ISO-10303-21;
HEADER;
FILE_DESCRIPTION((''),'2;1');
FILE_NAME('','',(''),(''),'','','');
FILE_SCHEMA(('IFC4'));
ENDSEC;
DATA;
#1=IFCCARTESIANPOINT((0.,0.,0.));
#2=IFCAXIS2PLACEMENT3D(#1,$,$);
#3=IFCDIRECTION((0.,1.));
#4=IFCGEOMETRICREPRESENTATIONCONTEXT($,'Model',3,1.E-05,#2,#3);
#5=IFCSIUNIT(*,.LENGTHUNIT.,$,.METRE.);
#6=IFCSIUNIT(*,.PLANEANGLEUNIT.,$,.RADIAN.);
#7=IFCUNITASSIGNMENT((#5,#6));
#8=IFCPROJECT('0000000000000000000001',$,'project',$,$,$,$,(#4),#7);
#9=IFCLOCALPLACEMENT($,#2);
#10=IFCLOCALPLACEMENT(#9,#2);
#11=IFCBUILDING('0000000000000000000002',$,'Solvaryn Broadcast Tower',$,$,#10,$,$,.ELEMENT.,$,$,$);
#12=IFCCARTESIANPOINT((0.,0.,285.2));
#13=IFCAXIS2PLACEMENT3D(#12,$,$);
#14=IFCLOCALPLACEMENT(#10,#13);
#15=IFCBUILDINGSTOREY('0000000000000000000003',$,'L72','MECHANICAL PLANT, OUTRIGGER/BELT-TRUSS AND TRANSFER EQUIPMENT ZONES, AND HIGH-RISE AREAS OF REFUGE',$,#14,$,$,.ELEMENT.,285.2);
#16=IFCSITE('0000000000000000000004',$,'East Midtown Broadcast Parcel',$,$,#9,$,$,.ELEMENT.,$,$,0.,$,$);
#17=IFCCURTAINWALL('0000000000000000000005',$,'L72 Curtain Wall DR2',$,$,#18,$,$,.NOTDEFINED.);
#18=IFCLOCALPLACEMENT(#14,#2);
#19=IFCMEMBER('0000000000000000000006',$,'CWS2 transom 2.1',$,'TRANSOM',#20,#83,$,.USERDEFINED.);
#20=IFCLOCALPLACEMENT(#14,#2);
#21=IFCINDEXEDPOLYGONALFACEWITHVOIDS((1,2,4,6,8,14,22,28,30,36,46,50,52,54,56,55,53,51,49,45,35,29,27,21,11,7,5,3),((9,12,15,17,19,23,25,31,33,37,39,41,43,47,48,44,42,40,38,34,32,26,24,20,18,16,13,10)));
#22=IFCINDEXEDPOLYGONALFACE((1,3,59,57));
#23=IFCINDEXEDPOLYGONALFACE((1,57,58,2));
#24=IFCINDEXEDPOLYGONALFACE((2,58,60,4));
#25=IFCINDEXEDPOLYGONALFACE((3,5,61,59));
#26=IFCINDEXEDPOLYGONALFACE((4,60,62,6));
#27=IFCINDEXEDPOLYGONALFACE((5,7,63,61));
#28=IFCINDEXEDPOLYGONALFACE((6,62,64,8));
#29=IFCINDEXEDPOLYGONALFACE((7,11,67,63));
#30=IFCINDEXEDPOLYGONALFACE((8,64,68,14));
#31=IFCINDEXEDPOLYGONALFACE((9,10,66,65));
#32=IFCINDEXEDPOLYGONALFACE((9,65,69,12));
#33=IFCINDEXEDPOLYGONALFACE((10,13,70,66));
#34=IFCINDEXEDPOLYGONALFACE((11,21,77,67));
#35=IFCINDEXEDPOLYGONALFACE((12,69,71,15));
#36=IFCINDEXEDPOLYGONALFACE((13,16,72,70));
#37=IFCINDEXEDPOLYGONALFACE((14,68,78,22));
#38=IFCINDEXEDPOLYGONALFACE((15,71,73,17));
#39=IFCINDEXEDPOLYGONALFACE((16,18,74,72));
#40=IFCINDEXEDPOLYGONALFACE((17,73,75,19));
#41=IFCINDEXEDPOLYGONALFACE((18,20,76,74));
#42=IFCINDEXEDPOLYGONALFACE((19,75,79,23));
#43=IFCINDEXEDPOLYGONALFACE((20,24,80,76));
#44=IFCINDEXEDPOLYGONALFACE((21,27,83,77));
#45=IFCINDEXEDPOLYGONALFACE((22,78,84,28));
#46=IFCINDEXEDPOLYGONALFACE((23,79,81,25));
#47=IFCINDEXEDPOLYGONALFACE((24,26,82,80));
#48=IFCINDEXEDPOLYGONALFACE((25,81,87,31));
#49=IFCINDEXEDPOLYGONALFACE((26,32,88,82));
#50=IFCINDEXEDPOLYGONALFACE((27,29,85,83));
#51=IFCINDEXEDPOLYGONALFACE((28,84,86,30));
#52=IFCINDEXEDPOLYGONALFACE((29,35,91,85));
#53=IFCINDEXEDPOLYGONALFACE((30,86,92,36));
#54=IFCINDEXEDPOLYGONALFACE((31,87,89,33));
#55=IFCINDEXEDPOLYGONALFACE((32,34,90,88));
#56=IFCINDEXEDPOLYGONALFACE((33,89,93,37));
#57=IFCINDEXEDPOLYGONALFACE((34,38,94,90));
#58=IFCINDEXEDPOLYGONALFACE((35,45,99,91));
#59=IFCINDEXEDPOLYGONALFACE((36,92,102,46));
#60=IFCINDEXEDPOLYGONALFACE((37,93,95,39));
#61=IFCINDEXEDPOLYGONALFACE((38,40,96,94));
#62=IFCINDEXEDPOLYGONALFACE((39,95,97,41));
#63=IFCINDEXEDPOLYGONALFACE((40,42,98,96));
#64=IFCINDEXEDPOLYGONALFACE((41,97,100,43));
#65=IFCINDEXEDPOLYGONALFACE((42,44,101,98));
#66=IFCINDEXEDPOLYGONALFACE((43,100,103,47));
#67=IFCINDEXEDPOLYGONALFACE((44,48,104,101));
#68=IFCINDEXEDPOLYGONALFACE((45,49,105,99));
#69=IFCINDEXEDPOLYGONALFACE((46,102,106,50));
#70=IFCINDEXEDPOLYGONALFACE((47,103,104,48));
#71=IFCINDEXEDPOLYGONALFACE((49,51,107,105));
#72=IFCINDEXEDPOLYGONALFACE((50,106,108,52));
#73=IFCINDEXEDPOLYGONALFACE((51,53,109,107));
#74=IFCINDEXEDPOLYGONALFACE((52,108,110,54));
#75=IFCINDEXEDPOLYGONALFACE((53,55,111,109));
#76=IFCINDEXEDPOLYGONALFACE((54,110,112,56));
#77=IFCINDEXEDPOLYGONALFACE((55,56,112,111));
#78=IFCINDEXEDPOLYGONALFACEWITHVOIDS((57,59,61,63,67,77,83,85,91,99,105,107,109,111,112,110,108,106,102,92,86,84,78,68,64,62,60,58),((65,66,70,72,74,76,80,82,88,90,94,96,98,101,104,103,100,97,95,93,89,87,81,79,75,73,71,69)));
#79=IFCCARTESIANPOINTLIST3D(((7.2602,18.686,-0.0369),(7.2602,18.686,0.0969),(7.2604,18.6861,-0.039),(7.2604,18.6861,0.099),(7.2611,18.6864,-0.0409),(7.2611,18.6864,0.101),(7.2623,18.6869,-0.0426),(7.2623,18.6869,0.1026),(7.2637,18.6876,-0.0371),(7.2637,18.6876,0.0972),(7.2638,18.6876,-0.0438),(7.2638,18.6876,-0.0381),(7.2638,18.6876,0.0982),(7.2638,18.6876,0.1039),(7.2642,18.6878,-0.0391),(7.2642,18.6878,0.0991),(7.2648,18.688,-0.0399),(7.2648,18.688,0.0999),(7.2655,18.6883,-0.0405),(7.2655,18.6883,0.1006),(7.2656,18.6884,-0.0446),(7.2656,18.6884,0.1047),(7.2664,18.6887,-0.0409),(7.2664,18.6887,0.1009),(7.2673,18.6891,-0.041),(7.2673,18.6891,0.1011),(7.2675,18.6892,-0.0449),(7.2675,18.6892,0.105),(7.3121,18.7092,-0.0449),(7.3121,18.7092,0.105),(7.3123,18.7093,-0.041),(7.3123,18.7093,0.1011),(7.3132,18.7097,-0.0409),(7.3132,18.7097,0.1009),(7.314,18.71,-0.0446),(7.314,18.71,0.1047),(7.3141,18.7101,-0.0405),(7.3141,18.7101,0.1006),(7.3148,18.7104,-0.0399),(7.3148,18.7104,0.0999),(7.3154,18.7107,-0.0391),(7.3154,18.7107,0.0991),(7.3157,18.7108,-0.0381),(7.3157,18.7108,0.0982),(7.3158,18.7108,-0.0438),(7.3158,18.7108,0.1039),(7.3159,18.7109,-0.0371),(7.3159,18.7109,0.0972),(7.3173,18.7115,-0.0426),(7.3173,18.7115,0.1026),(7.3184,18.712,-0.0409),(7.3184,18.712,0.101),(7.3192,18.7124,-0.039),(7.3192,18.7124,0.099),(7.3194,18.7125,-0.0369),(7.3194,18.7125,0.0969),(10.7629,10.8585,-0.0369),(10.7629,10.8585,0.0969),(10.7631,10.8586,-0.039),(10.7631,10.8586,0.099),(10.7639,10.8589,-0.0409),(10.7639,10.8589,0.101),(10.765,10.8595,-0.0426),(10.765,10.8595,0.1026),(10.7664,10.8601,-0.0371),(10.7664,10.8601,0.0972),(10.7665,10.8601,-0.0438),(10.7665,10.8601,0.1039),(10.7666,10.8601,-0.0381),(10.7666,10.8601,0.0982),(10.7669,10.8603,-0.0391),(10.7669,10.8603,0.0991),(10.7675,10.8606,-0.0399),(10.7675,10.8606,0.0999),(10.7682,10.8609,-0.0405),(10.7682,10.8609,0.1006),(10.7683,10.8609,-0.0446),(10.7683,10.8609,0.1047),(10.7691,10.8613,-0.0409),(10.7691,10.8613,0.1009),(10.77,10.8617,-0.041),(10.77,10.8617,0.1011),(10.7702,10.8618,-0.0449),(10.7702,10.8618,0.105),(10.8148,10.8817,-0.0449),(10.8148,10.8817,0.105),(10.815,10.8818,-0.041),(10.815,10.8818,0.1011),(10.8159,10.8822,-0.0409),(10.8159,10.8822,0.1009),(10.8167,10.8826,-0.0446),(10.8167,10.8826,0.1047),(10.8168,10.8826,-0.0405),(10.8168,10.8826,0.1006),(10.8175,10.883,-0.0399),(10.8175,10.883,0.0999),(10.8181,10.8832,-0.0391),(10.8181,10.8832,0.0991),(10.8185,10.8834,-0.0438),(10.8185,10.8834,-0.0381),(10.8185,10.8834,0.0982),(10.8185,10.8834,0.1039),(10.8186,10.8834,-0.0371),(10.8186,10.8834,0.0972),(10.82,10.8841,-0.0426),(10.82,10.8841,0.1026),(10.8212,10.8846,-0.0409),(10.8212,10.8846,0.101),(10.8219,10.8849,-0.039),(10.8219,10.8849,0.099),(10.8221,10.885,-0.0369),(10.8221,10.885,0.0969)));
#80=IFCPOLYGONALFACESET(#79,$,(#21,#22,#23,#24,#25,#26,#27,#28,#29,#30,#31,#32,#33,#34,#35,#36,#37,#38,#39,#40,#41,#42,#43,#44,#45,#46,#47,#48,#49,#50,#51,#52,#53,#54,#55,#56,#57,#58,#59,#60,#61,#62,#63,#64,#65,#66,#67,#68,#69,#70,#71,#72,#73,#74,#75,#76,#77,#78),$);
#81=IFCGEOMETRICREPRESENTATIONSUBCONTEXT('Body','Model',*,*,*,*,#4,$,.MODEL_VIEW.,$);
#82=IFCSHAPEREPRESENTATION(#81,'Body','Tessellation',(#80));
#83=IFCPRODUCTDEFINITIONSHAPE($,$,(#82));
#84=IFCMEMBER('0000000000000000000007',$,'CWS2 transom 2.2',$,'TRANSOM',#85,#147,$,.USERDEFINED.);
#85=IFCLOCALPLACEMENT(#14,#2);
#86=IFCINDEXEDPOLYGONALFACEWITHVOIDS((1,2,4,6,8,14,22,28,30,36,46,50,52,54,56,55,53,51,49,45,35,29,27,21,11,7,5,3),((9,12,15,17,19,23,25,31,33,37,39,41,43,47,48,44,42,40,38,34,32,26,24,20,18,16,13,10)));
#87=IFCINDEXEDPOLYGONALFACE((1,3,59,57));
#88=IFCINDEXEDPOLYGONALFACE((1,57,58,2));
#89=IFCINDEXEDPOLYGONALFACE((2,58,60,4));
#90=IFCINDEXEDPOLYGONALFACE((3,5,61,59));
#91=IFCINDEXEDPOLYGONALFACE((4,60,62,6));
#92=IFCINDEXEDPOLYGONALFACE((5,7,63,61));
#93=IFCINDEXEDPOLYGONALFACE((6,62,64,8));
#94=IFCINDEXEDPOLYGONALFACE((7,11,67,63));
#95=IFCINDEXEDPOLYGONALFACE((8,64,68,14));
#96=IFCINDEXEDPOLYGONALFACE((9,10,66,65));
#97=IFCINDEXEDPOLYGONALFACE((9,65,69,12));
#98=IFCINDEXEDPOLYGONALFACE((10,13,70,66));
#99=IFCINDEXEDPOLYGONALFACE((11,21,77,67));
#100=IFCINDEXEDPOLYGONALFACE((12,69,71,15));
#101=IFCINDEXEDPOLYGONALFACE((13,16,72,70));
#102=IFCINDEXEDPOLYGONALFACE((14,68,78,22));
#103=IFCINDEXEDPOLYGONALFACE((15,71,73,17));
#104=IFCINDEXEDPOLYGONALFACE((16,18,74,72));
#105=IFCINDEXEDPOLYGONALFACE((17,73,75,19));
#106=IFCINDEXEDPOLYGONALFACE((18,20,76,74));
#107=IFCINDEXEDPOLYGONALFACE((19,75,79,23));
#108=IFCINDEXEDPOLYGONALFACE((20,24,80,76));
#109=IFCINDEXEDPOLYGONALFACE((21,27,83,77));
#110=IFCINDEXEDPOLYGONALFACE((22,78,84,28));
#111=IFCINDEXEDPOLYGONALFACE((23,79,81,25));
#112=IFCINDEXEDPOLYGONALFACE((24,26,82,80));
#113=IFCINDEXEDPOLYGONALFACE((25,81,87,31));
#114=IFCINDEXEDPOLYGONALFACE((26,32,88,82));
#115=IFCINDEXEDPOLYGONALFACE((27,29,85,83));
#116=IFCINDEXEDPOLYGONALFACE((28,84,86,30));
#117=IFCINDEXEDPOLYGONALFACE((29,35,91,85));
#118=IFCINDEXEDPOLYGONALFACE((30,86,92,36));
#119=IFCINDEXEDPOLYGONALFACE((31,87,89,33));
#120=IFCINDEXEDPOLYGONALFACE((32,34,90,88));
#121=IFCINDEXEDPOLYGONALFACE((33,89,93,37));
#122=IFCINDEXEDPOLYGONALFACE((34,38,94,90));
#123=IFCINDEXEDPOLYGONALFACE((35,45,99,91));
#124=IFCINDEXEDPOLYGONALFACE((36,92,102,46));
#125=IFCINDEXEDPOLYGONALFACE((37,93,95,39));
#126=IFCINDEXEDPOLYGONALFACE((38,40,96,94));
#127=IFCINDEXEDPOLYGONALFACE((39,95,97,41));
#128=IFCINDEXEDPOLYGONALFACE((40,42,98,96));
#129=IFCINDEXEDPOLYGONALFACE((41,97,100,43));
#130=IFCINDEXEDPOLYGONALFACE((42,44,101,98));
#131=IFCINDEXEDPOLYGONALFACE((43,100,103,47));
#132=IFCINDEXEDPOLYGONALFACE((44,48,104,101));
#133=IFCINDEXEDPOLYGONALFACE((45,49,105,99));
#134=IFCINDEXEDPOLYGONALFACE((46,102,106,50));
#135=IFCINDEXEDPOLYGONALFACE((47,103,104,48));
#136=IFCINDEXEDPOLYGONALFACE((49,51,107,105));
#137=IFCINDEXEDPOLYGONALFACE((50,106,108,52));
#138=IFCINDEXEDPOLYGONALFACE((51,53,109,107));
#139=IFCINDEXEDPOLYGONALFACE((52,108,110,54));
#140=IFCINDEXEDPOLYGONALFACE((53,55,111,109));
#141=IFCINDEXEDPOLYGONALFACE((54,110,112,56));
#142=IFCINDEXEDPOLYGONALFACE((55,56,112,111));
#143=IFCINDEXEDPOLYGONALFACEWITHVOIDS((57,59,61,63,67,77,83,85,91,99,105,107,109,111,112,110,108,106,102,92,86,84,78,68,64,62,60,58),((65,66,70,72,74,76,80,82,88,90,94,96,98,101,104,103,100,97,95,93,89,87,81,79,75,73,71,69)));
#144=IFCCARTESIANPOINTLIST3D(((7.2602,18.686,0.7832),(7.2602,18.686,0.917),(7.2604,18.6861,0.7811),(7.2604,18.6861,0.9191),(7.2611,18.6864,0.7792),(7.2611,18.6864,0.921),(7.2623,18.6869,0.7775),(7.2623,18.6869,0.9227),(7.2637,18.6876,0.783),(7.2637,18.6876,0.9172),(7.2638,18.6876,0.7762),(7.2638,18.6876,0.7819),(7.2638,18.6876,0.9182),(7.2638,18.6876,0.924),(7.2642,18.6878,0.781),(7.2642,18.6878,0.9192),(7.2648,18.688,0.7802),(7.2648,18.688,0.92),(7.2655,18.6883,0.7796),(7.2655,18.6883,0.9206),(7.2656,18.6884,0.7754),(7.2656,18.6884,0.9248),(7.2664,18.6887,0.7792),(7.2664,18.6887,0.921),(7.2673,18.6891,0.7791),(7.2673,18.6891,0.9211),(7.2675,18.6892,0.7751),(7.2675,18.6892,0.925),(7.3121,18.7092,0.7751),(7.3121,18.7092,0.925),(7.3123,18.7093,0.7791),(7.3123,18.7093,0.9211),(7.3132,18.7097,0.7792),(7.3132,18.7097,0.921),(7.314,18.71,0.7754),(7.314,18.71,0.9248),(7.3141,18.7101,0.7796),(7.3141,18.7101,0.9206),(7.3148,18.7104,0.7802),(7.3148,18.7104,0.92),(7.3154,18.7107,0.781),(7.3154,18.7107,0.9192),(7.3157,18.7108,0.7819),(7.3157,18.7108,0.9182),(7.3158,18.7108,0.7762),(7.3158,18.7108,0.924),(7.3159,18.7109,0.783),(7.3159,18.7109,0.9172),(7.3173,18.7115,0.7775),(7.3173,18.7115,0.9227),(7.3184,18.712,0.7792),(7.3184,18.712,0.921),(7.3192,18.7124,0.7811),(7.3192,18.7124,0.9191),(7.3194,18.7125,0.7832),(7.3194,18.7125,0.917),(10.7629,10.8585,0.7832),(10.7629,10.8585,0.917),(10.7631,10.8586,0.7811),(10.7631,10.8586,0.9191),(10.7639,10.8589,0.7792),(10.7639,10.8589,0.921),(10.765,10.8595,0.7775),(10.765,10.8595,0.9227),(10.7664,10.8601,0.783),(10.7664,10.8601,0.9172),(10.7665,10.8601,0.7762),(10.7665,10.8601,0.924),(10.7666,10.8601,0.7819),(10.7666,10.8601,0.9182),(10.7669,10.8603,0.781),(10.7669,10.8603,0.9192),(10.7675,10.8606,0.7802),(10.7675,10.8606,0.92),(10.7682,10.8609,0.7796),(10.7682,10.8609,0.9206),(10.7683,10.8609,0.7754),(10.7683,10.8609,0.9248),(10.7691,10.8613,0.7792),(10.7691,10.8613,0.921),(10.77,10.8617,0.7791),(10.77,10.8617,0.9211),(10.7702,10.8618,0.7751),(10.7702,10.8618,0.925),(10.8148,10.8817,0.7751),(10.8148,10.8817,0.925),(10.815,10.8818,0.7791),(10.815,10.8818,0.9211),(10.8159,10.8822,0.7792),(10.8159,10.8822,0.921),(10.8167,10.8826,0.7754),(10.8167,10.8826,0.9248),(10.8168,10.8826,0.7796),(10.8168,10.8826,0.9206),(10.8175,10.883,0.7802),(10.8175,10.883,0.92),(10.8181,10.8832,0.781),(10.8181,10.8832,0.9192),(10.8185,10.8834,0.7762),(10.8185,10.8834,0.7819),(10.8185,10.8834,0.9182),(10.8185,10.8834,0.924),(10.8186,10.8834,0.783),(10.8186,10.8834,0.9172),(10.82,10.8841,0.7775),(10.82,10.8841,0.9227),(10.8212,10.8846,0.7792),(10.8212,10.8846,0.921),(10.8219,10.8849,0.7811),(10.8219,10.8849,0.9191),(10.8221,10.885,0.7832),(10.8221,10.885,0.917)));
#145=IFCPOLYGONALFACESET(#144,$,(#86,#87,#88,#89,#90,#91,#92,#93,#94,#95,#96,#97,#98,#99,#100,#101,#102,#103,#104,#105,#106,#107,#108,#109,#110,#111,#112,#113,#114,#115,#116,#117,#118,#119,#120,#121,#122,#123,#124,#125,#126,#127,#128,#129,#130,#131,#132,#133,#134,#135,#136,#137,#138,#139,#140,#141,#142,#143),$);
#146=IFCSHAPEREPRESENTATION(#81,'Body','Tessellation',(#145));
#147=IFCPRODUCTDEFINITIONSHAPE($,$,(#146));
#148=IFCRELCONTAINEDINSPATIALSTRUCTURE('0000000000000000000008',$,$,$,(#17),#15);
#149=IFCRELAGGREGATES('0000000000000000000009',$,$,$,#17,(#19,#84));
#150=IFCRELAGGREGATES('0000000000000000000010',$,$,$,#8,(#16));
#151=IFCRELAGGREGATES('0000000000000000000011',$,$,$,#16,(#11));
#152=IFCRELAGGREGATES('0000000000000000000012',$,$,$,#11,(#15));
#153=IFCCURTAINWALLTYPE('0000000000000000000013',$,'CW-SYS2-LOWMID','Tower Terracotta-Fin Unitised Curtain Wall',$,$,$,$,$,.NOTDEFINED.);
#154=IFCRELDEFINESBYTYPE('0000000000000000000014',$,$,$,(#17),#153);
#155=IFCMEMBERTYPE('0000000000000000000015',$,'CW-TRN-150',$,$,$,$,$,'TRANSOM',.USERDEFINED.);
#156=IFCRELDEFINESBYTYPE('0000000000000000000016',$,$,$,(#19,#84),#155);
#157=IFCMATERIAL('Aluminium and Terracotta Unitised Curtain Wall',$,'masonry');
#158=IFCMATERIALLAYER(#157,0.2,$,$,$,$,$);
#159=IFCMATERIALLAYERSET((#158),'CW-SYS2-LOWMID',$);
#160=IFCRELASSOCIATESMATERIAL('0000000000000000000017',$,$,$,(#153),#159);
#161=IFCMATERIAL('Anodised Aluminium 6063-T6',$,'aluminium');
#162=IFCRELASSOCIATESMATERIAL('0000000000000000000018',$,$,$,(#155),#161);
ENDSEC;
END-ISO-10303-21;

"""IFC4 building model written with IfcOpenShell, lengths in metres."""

from ifc_helpers import new_model, si_unit, direction, frame, origin, origin_2d, place, context, subcontext, project, spatial, hollow_rectangle, extrude, material, layer, layer_set, material_profile, profile_set, type_object, element, aggregate, save


model = new_model("IFC4")

# Units and contexts
model_context = context("Model", 3, precision=1e-05, world=origin(), true_north=direction((0.0, 1.0)))
body_context = subcontext(model_context, "Body", "Model", "MODEL_VIEW")
ifc_project = project(units=[si_unit("LENGTHUNIT", "METRE"), si_unit("PLANEANGLEUNIT", "RADIAN")], contexts=[model_context])

# Site, building, storey
site_placement = place(None, origin())
site = spatial("IfcSite", under=ifc_project, at=site_placement, Name="East Midtown Broadcast Parcel", CompositionType="ELEMENT", RefElevation=0.0)
building_placement = place(site_placement, origin())
building = spatial("IfcBuilding", under=site, at=building_placement, Name="Solvaryn Broadcast Tower", CompositionType="ELEMENT")
storey_placement = place(building_placement, frame((0.0, 0.0, 285.2)))
storey = spatial("IfcBuildingStorey", under=building, at=storey_placement, Name="L72", Description="MECHANICAL PLANT, OUTRIGGER/BELT-TRUSS AND TRANSFER EQUIPMENT ZONES, AND HIGH-RISE AREAS OF REFUGE", CompositionType="ELEMENT", Elevation=285.2)

# Shared definitions
ifc_material_1 = material(Name="Aluminium and Terracotta Unitised Curtain Wall", Category="masonry")
ifc_layer_1 = layer(ifc_material_1, 0.2)
ifc_layer_set_1 = layer_set([ifc_layer_1], Name="CW-SYS2-LOWMID")
curtain_wall_type = type_object("IfcCurtainWallType", Name="CW-SYS2-LOWMID", Description="Tower Terracotta-Fin Unitised Curtain Wall", PredefinedType="NOTDEFINED", material=ifc_layer_set_1)

# Curtain wall, members
curtain_wall_1_placement = place(storey_placement, origin())
curtain_wall_1 = element("IfcCurtainWall", 1, at=curtain_wall_1_placement, inside=storey, type_object=curtain_wall_type, Name="L72 Curtain Wall DR2", PredefinedType="NOTDEFINED")
ifc_material_2 = material(Name="Anodised Aluminium 6063-T6", Category="aluminium")
ifc_material_profile_1 = material_profile(ifc_material_2, hollow_rectangle(XDim=0.0649, YDim=0.1499, WallThickness=0.0039, InnerFilletRadius=0.0039, OuterFilletRadius=0.0081, at=origin_2d()))
ifc_profile_set_1 = profile_set([ifc_material_profile_1], Name="Anodised Aluminium 6063-T6")
member_type_1 = type_object("IfcMemberType", Name="CW-TRN-150", ElementType="TRANSOM", PredefinedType="USERDEFINED", material=ifc_profile_set_1)
member_1_placement = place(storey_placement, frame((7.2898, 18.6992, 0.03), z_axis=(0.408459, -0.912777, 0.0), x_axis=(0.912777, 0.408459, 0.0)))
member_1 = element("IfcMember", 2, at=member_1_placement, type_object=member_type_1, Name="CWS2 transom 2.1", ObjectType="TRANSOM", PredefinedType="USERDEFINED", context=body_context, shape_type="SweptSolid", body=[
    extrude(hollow_rectangle(XDim=0.0649, YDim=0.1499, WallThickness=0.0039, InnerFilletRadius=0.0039, OuterFilletRadius=0.0081, at=origin_2d()), origin(), (0.0, 0.0, 1.0), 8.5754),
])
member_2_placement = place(storey_placement, frame((7.2898, 18.6992, 0.8501), z_axis=(0.408459, -0.912777, 0.0), x_axis=(0.912777, 0.408459, 0.0)))
member_2 = element("IfcMember", 3, at=member_2_placement, type_object=member_type_1, Name="CWS2 transom 2.2", ObjectType="TRANSOM", PredefinedType="USERDEFINED", context=body_context, shape_type="SweptSolid", body=[
    extrude(hollow_rectangle(XDim=0.0649, YDim=0.1499, WallThickness=0.0039, InnerFilletRadius=0.0039, OuterFilletRadius=0.0081, at=origin_2d()), origin(), (0.0, 0.0, 1.0), 8.5754),
])

aggregate(curtain_wall_1, [member_1, member_2])

save(model, "model.ifc")
